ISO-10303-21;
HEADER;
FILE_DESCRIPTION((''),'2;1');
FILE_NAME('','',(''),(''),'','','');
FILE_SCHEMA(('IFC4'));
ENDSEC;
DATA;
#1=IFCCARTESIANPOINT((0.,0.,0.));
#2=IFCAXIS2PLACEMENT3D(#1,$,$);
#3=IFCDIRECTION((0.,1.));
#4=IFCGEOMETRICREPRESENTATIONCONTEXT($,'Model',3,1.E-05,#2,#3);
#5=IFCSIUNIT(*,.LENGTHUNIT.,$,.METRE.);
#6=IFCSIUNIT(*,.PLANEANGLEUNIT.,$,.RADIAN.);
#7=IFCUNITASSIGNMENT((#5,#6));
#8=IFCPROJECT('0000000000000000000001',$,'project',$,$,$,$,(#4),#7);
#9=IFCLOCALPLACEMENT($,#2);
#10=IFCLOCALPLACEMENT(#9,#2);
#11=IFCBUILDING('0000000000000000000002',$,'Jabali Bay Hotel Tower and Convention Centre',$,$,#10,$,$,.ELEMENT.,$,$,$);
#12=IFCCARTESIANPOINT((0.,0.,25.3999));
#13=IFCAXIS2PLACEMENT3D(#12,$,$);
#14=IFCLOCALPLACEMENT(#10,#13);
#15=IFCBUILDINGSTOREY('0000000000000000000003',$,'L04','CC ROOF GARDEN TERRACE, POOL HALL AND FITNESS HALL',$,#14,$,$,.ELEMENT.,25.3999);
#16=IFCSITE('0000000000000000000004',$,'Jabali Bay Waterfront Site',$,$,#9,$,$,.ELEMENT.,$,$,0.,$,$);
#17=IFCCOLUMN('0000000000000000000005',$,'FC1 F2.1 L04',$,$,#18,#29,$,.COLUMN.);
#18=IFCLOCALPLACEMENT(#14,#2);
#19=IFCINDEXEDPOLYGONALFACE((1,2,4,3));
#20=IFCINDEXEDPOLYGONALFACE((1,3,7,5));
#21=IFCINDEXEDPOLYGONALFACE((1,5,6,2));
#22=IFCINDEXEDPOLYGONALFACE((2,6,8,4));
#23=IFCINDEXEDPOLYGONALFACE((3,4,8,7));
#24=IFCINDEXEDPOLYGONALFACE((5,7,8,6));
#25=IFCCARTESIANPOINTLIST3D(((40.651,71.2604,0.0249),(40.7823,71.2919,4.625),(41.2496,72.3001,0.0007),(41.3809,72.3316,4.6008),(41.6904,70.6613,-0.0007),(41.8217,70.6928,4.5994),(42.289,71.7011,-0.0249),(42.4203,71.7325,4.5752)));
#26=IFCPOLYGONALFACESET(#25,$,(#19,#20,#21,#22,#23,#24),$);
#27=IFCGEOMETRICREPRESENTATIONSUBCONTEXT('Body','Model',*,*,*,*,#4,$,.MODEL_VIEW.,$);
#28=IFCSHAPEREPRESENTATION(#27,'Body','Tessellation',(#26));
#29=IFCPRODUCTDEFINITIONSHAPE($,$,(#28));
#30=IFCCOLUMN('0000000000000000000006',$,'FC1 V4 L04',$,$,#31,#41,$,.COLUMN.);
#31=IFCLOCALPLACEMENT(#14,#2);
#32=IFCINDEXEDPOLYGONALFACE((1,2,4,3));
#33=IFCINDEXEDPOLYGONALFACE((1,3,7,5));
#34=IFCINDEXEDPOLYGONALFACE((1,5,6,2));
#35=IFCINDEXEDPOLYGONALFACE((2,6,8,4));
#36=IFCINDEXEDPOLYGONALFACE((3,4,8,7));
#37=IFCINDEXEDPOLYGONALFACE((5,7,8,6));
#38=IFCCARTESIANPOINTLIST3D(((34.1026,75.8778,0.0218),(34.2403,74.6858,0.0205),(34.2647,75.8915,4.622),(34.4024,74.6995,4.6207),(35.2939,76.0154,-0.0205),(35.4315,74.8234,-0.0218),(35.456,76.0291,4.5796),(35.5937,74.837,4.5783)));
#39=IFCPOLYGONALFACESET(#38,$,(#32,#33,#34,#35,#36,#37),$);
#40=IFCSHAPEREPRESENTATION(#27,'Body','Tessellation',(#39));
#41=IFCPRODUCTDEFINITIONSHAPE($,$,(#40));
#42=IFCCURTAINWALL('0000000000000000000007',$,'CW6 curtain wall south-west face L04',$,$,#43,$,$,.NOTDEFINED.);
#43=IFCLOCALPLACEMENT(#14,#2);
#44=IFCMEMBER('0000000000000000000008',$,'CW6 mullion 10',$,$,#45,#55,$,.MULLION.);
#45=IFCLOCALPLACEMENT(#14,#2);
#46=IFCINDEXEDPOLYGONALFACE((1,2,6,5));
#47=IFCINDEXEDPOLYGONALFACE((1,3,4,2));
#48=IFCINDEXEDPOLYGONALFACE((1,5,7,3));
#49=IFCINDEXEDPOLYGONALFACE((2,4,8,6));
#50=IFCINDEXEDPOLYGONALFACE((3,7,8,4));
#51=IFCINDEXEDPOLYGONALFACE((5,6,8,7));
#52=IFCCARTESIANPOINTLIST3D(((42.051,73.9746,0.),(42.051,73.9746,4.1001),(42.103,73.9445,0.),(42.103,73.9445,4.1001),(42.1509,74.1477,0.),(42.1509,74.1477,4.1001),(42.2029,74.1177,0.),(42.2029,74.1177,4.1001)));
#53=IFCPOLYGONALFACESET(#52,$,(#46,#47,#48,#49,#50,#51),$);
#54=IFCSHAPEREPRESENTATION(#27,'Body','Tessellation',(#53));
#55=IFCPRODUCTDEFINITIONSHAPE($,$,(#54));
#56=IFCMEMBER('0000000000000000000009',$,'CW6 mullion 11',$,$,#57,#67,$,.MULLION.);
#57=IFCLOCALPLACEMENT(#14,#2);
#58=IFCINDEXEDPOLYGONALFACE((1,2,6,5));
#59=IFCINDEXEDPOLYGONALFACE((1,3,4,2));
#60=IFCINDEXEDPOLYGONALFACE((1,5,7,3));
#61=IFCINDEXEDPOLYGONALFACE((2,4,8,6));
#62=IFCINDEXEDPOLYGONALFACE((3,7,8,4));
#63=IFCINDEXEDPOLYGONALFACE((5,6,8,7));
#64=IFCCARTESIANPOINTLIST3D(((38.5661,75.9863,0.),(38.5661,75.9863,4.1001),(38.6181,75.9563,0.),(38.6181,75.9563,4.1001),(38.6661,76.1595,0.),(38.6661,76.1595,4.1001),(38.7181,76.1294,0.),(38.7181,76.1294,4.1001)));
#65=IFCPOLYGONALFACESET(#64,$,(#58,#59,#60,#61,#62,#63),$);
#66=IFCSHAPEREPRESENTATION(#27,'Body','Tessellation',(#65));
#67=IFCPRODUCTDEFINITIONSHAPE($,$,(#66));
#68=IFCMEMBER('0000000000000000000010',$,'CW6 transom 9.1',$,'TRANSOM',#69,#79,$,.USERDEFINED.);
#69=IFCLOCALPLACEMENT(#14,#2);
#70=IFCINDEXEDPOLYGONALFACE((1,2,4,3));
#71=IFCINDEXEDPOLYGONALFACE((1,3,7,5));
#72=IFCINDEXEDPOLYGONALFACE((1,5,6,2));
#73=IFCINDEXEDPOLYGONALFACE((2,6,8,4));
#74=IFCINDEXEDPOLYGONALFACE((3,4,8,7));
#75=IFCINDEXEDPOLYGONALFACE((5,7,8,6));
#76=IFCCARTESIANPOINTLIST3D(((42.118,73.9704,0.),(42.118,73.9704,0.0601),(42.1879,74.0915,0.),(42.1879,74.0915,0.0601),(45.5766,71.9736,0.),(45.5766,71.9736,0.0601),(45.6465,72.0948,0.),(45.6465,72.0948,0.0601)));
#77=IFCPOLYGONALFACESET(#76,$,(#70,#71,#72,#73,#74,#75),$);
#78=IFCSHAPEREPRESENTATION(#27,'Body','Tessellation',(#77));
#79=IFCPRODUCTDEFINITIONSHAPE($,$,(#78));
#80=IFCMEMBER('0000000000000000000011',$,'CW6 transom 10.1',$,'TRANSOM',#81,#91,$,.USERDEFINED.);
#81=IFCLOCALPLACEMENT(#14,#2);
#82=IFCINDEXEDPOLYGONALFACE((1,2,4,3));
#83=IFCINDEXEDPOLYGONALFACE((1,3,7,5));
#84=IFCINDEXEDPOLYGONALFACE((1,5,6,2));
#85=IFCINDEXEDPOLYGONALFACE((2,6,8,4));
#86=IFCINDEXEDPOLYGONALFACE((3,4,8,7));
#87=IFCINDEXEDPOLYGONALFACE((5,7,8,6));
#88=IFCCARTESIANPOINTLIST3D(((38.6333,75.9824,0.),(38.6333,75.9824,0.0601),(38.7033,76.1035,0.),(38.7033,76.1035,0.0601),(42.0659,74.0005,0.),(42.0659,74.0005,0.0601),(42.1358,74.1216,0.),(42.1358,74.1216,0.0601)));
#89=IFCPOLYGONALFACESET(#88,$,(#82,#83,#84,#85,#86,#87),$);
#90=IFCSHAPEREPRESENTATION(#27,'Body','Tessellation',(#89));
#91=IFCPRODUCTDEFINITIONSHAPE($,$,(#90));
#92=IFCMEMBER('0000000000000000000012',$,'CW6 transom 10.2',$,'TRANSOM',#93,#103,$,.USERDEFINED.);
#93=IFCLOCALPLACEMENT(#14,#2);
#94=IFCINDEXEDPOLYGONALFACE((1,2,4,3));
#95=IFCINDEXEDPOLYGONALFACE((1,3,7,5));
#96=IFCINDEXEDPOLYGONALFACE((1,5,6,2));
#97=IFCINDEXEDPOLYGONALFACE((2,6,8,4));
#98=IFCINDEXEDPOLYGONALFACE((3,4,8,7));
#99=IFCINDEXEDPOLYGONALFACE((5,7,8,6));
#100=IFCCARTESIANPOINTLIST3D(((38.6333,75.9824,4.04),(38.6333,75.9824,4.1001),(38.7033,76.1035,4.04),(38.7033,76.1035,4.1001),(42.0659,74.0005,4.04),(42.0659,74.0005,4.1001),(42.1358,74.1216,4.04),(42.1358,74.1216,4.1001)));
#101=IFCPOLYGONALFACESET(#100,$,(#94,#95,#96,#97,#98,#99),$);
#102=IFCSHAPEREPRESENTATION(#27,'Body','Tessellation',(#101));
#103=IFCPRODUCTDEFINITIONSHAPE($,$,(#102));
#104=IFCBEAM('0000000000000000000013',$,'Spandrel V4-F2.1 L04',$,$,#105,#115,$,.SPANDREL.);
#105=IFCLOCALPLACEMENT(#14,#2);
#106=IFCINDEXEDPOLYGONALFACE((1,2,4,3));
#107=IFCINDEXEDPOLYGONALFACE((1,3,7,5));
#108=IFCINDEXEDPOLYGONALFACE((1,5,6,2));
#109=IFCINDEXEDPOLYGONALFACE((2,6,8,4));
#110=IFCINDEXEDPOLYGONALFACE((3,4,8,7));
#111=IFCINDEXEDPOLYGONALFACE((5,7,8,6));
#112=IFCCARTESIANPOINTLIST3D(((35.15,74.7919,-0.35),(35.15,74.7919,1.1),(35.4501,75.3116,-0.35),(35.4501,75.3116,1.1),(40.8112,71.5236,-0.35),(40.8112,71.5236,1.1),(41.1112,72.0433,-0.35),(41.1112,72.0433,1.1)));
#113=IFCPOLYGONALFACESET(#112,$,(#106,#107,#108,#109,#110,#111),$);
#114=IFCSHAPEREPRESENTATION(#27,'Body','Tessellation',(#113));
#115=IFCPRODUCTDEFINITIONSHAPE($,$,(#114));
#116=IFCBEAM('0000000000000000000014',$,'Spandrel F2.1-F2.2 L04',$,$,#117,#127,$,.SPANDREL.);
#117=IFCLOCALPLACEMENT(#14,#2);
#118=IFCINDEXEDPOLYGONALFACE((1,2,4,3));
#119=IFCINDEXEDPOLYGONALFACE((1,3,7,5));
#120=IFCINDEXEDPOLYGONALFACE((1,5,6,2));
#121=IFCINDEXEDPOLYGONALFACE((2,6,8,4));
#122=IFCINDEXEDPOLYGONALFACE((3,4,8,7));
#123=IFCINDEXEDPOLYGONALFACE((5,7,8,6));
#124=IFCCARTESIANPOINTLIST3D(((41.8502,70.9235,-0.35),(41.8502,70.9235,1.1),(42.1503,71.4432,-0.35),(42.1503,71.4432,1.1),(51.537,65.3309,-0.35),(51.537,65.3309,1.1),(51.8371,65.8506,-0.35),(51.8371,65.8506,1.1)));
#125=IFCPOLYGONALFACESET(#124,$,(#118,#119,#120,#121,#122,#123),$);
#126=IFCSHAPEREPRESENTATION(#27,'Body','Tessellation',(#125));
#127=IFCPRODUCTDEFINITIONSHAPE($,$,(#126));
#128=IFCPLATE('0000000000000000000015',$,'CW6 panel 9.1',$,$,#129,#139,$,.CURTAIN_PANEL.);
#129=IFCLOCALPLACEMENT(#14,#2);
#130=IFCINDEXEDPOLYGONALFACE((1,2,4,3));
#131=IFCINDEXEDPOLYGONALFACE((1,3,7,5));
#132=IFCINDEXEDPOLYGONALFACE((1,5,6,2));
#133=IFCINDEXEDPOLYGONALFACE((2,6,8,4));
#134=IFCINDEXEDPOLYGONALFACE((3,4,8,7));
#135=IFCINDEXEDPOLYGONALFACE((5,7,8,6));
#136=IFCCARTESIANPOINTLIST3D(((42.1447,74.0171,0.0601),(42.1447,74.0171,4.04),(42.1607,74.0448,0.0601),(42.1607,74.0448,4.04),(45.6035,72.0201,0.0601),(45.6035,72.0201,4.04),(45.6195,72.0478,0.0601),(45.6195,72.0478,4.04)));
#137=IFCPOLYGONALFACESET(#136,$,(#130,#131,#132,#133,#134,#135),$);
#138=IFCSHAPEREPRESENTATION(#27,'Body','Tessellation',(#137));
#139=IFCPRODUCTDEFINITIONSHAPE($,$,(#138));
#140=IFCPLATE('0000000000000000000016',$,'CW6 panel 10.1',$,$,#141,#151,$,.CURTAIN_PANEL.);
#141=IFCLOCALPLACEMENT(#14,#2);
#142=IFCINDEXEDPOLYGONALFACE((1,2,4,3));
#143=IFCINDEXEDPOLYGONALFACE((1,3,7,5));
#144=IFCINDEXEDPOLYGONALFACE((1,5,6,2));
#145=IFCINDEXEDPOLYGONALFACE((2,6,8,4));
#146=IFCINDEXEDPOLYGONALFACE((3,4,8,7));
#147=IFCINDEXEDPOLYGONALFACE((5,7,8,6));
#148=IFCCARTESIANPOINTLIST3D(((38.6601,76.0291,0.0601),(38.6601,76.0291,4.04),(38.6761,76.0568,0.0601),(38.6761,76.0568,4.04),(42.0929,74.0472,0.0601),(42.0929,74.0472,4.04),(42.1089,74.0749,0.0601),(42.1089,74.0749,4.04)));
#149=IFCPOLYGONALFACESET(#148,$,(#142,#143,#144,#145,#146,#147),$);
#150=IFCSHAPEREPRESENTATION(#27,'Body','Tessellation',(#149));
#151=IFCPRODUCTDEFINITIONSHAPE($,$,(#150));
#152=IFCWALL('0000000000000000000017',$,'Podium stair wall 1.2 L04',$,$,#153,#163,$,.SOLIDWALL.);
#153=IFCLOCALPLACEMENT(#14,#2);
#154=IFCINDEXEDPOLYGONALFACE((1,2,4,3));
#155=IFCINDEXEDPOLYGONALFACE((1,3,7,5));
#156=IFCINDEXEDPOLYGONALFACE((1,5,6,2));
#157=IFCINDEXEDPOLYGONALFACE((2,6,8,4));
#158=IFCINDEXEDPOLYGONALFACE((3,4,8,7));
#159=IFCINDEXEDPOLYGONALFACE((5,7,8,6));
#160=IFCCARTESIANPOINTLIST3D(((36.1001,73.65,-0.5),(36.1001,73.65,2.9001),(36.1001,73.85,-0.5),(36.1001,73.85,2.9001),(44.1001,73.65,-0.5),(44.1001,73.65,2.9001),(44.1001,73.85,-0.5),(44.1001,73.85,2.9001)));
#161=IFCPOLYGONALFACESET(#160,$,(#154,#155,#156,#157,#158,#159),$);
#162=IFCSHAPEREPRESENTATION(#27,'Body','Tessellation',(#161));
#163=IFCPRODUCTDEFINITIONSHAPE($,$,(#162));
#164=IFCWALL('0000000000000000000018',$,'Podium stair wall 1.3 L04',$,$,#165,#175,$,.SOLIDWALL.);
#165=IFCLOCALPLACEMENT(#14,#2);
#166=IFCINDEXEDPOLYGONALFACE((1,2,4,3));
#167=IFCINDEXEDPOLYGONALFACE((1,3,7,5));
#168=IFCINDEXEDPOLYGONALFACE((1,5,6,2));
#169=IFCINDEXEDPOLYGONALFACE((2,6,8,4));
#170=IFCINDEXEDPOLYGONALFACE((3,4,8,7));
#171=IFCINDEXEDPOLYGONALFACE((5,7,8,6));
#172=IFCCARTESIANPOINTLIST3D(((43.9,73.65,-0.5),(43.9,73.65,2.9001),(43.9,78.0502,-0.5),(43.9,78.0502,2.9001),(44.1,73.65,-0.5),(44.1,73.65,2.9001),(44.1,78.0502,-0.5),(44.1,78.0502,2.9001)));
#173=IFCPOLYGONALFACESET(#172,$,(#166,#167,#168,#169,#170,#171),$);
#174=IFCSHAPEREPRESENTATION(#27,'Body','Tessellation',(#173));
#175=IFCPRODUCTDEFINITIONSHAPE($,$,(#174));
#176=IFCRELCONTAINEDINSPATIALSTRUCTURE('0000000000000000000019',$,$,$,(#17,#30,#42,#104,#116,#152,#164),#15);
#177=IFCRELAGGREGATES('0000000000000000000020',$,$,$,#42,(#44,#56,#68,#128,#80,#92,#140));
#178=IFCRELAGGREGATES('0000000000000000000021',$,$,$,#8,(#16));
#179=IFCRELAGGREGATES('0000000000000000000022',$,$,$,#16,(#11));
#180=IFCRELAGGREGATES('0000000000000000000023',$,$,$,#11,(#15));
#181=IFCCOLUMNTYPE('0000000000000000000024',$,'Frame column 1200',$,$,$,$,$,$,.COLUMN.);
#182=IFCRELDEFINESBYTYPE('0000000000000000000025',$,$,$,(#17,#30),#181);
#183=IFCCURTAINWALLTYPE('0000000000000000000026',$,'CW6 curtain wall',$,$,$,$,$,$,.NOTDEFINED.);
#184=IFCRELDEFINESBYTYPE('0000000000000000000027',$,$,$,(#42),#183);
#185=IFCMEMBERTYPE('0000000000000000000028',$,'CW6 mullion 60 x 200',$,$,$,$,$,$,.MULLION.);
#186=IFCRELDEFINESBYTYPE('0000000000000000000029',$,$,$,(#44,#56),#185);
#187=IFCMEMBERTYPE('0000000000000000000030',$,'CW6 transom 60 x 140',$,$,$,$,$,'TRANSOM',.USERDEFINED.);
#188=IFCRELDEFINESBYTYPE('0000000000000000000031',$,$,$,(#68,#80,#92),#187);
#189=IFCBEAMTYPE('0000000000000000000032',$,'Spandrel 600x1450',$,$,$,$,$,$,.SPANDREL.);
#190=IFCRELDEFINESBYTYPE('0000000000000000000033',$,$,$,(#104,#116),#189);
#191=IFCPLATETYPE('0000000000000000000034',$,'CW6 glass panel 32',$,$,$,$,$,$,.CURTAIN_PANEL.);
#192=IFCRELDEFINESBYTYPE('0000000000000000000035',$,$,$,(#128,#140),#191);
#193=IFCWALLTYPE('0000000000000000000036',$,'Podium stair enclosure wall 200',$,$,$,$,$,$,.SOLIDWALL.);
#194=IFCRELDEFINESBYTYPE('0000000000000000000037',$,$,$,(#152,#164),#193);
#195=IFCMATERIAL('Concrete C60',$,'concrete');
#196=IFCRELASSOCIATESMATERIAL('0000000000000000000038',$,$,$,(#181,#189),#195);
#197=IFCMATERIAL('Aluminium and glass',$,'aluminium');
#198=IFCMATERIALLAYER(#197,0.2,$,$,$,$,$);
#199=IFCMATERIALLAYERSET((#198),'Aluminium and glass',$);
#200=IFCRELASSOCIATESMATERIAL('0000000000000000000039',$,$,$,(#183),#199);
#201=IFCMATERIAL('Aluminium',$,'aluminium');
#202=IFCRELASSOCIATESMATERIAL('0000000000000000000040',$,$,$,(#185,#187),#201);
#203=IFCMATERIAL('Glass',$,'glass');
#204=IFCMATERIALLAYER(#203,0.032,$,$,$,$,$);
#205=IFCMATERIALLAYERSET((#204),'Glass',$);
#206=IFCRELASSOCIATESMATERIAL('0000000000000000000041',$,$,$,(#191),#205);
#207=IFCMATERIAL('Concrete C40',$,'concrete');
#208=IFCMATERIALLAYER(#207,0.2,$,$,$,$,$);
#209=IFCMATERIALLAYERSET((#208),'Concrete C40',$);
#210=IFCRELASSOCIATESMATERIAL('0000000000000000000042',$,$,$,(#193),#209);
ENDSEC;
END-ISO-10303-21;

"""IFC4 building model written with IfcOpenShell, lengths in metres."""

from ifc_helpers import new_model, si_unit, direction, frame, frame_2d, origin, origin_2d, place, context, subcontext, project, spatial, rectangle, extrude, material, layer, layer_set, material_profile, profile_set, type_object, element, aggregate, save


model = new_model("IFC4")

# Units and contexts
model_context = context("Model", 3, precision=1e-05, world=origin(), true_north=direction((0.0, 1.0)))
body_context = subcontext(model_context, "Body", "Model", "MODEL_VIEW")
ifc_project = project(units=[si_unit("LENGTHUNIT", "METRE"), si_unit("PLANEANGLEUNIT", "RADIAN")], contexts=[model_context])

# Site, building, storey
site_placement = place(None, origin())
site = spatial("IfcSite", under=ifc_project, at=site_placement, Name="Jabali Bay Waterfront Site", CompositionType="ELEMENT", RefElevation=0.0)
building_placement = place(site_placement, origin())
building = spatial("IfcBuilding", under=site, at=building_placement, Name="Jabali Bay Hotel Tower and Convention Centre", CompositionType="ELEMENT")
storey_placement = place(building_placement, frame((0.0, 0.0, 25.3999)))
storey = spatial("IfcBuildingStorey", under=building, at=storey_placement, Name="L04", Description="CC ROOF GARDEN TERRACE, POOL HALL AND FITNESS HALL", CompositionType="ELEMENT", Elevation=25.3999)

# Columns
ifc_material_1 = material(Name="Concrete C60", Category="concrete")
ifc_material_profile_1 = material_profile(ifc_material_1, rectangle(XDim=1.2, YDim=1.2, at=origin_2d()), Name="Frame column 1200")
ifc_profile_set_1 = profile_set([ifc_material_profile_1], Name="Concrete C60")
column_type = type_object("IfcColumnType", Name="Frame column 1200", PredefinedType="COLUMN", material=ifc_profile_set_1)
column_1_placement = place(storey_placement, frame((41.47, 71.4807, 0.0), z_axis=(0.028541, 0.006843, 0.999569), x_axis=(-0.866221, 0.499207, 0.021316)))
element("IfcColumn", 1, at=column_1_placement, inside=storey, type_object=column_type, Name="FC1 F2.1 L04", PredefinedType="COLUMN", context=body_context, shape_type="SweptSolid", body=[
    extrude(rectangle(XDim=1.2, YDim=1.2, at=origin_2d()), origin(), (0.0, 0.0, 1.0), 4.6021),
])
column_2_placement = place(storey_placement, frame((34.7671, 75.3506, 0.0), z_axis=(0.035218, 0.00297, 0.999375), x_axis=(-0.114687, 0.993401, 0.001089)))
element("IfcColumn", 2, at=column_2_placement, inside=storey, type_object=column_type, Name="FC1 V4 L04", PredefinedType="COLUMN", context=body_context, shape_type="SweptSolid", body=[
    extrude(rectangle(XDim=1.2, YDim=1.2, at=origin_2d()), origin(), (0.0, 0.0, 1.0), 4.603),
])

# Curtain wall, members
ifc_material_2 = material(Name="Aluminium and glass", Category="aluminium")
ifc_layer_1 = layer(ifc_material_2, 0.2)
ifc_layer_set_1 = layer_set([ifc_layer_1], Name="Aluminium and glass")
curtain_wall_type = type_object("IfcCurtainWallType", Name="CW6 curtain wall", PredefinedType="NOTDEFINED", material=ifc_layer_set_1)
curtain_wall_placement = place(storey_placement, origin())
curtain_wall = element("IfcCurtainWall", 3, at=curtain_wall_placement, inside=storey, type_object=curtain_wall_type, Name="CW6 curtain wall south-west face L04", PredefinedType="NOTDEFINED")
ifc_material_3 = material(Name="Aluminium", Category="aluminium")
ifc_material_profile_2 = material_profile(ifc_material_3, rectangle(XDim=0.2, YDim=0.0601, at=origin_2d()), Name="CW6 mullion 60 x 200")
ifc_profile_set_2 = profile_set([ifc_material_profile_2], Name="Aluminium")
member_type_1 = type_object("IfcMemberType", Name="CW6 mullion 60 x 200", PredefinedType="MULLION", material=ifc_profile_set_2)
member_1_placement = place(storey_placement, frame((42.127, 74.0461, 0.0), z_axis=(0.0, 0.0, 1.0), x_axis=(-0.5, -0.866025, 0.0)))
member_1 = element("IfcMember", 4, at=member_1_placement, type_object=member_type_1, Name="CW6 mullion 10", PredefinedType="MULLION", context=body_context, shape_type="SweptSolid", body=[
    extrude(rectangle(XDim=0.2, YDim=0.0601, at=origin_2d()), origin(), (0.0, 0.0, 1.0), 4.1001),
])
member_2_placement = place(storey_placement, frame((38.6421, 76.0579, 0.0), z_axis=(0.0, 0.0, 1.0), x_axis=(-0.5, -0.866025, 0.0)))
member_2 = element("IfcMember", 5, at=member_2_placement, type_object=member_type_1, Name="CW6 mullion 11", PredefinedType="MULLION", context=body_context, shape_type="SweptSolid", body=[
    extrude(rectangle(XDim=0.2, YDim=0.0601, at=origin_2d()), origin(), (0.0, 0.0, 1.0), 4.1001),
])
ifc_material_profile_3 = material_profile(ifc_material_3, rectangle(XDim=0.1399, YDim=0.0601, at=origin_2d()), Name="CW6 transom 60 x 140")
ifc_profile_set_3 = profile_set([ifc_material_profile_3], Name="Aluminium")
member_type_2 = type_object("IfcMemberType", Name="CW6 transom 60 x 140", ElementType="TRANSOM", PredefinedType="USERDEFINED", material=ifc_profile_set_3)
member_3_placement = place(storey_placement, frame((45.6116, 72.0342, 0.03), z_axis=(-0.866034, 0.499985, 0.0), x_axis=(-0.499985, -0.866034, 0.0)))
member_3 = element("IfcMember", 6, at=member_3_placement, type_object=member_type_2, Name="CW6 transom 9.1", ObjectType="TRANSOM", PredefinedType="USERDEFINED", context=body_context, shape_type="SweptSolid", body=[
    extrude(rectangle(XDim=0.1399, YDim=0.0601, at=origin_2d()), origin(), (0.0, 0.0, 1.0), 3.9937),
])
member_4_placement = place(storey_placement, frame((42.1008, 74.061, 0.03), z_axis=(-0.866013, 0.500021, 0.0), x_axis=(-0.500021, -0.866013, 0.0)))
member_4 = element("IfcMember", 7, at=member_4_placement, type_object=member_type_2, Name="CW6 transom 10.1", ObjectType="TRANSOM", PredefinedType="USERDEFINED", context=body_context, shape_type="SweptSolid", body=[
    extrude(rectangle(XDim=0.1399, YDim=0.0601, at=origin_2d()), origin(), (0.0, 0.0, 1.0), 3.9636),
])
member_5_placement = place(storey_placement, frame((42.1008, 74.061, 4.0701), z_axis=(-0.866013, 0.500021, 0.0), x_axis=(-0.500021, -0.866013, 0.0)))
member_5 = element("IfcMember", 8, at=member_5_placement, type_object=member_type_2, Name="CW6 transom 10.2", ObjectType="TRANSOM", PredefinedType="USERDEFINED", context=body_context, shape_type="SweptSolid", body=[
    extrude(rectangle(XDim=0.1399, YDim=0.0601, at=origin_2d()), origin(), (0.0, 0.0, 1.0), 3.9636),
])

# Beams
ifc_material_profile_4 = material_profile(ifc_material_1, rectangle(XDim=0.6001, YDim=1.45, at=origin_2d()), Name="Spandrel 600x1450")
ifc_profile_set_4 = profile_set([ifc_material_profile_4], Name="Concrete C60")
beam_type = type_object("IfcBeamType", Name="Spandrel 600x1450", PredefinedType="SPANDREL", material=ifc_profile_set_4)
beam_1_placement = place(storey_placement, frame((35.3, 75.0518, 0.375), z_axis=(0.866035, -0.499983, 0.0), x_axis=(0.499983, 0.866035, 0.0)))
element("IfcBeam", 9, at=beam_1_placement, inside=storey, type_object=beam_type, Name="Spandrel V4-F2.1 L04", PredefinedType="SPANDREL", context=body_context, shape_type="SweptSolid", body=[
    extrude(rectangle(XDim=0.6001, YDim=1.45, at=origin_2d()), origin(), (0.0, 0.0, 1.0), 6.5369),
])
beam_2_placement = place(storey_placement, frame((42.0002, 71.1833, 0.375), z_axis=(0.86603, -0.499991, 0.0), x_axis=(0.499991, 0.86603, 0.0)))
element("IfcBeam", 10, at=beam_2_placement, inside=storey, type_object=beam_type, Name="Spandrel F2.1-F2.2 L04", PredefinedType="SPANDREL", context=body_context, shape_type="SweptSolid", body=[
    extrude(rectangle(XDim=0.6001, YDim=1.45, at=origin_2d()), origin(), (0.0, 0.0, 1.0), 11.1853),
])

# Plates
ifc_material_4 = material(Name="Glass", Category="glass")
ifc_layer_2 = layer(ifc_material_4, 0.032)
ifc_layer_set_2 = layer_set([ifc_layer_2], Name="Glass")
plate_type = type_object("IfcPlateType", Name="CW6 glass panel 32", PredefinedType="CURTAIN_PANEL", material=ifc_layer_set_2)
plate_1_placement = place(storey_placement, frame((43.8821, 73.0325, 0.0601), z_axis=(0.0, 0.0, 1.0), x_axis=(-0.866025, 0.5, 0.0)))
plate_1 = element("IfcPlate", 11, at=plate_1_placement, type_object=plate_type, Name="CW6 panel 9.1", PredefinedType="CURTAIN_PANEL", context=body_context, shape_type="SweptSolid", body=[
    extrude(rectangle(XDim=3.9939, YDim=0.032, at=origin_2d()), origin(), (0.0, 0.0, 1.0), 3.98),
])
plate_2_placement = place(storey_placement, frame((40.3845, 75.052, 0.0601), z_axis=(0.0, 0.0, 1.0), x_axis=(-0.866025, 0.5, 0.0)))
plate_2 = element("IfcPlate", 12, at=plate_2_placement, type_object=plate_type, Name="CW6 panel 10.1", PredefinedType="CURTAIN_PANEL", context=body_context, shape_type="SweptSolid", body=[
    extrude(rectangle(XDim=3.9639, YDim=0.032, at=origin_2d()), origin(), (0.0, 0.0, 1.0), 3.98),
])
aggregate(curtain_wall, [member_1, member_2, member_3, plate_1, member_4, member_5, plate_2])

# Walls
ifc_material_5 = material(Name="Concrete C40", Category="concrete")
ifc_layer_3 = layer(ifc_material_5, 0.2)
ifc_layer_set_3 = layer_set([ifc_layer_3], Name="Concrete C40")
wall_type = type_object("IfcWallType", Name="Podium stair enclosure wall 200", PredefinedType="SOLIDWALL", material=ifc_layer_set_3)
wall_1_placement = place(storey_placement, frame((36.1001, 73.75, -0.5), z_axis=(0.0, 0.0, 1.0), x_axis=(1.0, 0.0, 0.0)))
element("IfcWall", 13, at=wall_1_placement, inside=storey, type_object=wall_type, Name="Podium stair wall 1.2 L04", PredefinedType="SOLIDWALL", context=body_context, shape_type="SweptSolid", body=[
    extrude(rectangle(XDim=8.0, YDim=0.2, at=frame_2d((4.0, 0.0))), origin(), (0.0, 0.0, 1.0), 3.4001),
])
wall_2_placement = place(storey_placement, frame((44.0, 73.6499, -0.5), z_axis=(0.0, 0.0, 1.0), x_axis=(0.0, 1.0, 0.0)))
element("IfcWall", 14, at=wall_2_placement, inside=storey, type_object=wall_type, Name="Podium stair wall 1.3 L04", PredefinedType="SOLIDWALL", context=body_context, shape_type="SweptSolid", body=[
    extrude(rectangle(XDim=4.4001, YDim=0.2, at=frame_2d((2.2002, 0.0))), origin(), (0.0, 0.0, 1.0), 3.4001),
])

save(model, "model.ifc")
